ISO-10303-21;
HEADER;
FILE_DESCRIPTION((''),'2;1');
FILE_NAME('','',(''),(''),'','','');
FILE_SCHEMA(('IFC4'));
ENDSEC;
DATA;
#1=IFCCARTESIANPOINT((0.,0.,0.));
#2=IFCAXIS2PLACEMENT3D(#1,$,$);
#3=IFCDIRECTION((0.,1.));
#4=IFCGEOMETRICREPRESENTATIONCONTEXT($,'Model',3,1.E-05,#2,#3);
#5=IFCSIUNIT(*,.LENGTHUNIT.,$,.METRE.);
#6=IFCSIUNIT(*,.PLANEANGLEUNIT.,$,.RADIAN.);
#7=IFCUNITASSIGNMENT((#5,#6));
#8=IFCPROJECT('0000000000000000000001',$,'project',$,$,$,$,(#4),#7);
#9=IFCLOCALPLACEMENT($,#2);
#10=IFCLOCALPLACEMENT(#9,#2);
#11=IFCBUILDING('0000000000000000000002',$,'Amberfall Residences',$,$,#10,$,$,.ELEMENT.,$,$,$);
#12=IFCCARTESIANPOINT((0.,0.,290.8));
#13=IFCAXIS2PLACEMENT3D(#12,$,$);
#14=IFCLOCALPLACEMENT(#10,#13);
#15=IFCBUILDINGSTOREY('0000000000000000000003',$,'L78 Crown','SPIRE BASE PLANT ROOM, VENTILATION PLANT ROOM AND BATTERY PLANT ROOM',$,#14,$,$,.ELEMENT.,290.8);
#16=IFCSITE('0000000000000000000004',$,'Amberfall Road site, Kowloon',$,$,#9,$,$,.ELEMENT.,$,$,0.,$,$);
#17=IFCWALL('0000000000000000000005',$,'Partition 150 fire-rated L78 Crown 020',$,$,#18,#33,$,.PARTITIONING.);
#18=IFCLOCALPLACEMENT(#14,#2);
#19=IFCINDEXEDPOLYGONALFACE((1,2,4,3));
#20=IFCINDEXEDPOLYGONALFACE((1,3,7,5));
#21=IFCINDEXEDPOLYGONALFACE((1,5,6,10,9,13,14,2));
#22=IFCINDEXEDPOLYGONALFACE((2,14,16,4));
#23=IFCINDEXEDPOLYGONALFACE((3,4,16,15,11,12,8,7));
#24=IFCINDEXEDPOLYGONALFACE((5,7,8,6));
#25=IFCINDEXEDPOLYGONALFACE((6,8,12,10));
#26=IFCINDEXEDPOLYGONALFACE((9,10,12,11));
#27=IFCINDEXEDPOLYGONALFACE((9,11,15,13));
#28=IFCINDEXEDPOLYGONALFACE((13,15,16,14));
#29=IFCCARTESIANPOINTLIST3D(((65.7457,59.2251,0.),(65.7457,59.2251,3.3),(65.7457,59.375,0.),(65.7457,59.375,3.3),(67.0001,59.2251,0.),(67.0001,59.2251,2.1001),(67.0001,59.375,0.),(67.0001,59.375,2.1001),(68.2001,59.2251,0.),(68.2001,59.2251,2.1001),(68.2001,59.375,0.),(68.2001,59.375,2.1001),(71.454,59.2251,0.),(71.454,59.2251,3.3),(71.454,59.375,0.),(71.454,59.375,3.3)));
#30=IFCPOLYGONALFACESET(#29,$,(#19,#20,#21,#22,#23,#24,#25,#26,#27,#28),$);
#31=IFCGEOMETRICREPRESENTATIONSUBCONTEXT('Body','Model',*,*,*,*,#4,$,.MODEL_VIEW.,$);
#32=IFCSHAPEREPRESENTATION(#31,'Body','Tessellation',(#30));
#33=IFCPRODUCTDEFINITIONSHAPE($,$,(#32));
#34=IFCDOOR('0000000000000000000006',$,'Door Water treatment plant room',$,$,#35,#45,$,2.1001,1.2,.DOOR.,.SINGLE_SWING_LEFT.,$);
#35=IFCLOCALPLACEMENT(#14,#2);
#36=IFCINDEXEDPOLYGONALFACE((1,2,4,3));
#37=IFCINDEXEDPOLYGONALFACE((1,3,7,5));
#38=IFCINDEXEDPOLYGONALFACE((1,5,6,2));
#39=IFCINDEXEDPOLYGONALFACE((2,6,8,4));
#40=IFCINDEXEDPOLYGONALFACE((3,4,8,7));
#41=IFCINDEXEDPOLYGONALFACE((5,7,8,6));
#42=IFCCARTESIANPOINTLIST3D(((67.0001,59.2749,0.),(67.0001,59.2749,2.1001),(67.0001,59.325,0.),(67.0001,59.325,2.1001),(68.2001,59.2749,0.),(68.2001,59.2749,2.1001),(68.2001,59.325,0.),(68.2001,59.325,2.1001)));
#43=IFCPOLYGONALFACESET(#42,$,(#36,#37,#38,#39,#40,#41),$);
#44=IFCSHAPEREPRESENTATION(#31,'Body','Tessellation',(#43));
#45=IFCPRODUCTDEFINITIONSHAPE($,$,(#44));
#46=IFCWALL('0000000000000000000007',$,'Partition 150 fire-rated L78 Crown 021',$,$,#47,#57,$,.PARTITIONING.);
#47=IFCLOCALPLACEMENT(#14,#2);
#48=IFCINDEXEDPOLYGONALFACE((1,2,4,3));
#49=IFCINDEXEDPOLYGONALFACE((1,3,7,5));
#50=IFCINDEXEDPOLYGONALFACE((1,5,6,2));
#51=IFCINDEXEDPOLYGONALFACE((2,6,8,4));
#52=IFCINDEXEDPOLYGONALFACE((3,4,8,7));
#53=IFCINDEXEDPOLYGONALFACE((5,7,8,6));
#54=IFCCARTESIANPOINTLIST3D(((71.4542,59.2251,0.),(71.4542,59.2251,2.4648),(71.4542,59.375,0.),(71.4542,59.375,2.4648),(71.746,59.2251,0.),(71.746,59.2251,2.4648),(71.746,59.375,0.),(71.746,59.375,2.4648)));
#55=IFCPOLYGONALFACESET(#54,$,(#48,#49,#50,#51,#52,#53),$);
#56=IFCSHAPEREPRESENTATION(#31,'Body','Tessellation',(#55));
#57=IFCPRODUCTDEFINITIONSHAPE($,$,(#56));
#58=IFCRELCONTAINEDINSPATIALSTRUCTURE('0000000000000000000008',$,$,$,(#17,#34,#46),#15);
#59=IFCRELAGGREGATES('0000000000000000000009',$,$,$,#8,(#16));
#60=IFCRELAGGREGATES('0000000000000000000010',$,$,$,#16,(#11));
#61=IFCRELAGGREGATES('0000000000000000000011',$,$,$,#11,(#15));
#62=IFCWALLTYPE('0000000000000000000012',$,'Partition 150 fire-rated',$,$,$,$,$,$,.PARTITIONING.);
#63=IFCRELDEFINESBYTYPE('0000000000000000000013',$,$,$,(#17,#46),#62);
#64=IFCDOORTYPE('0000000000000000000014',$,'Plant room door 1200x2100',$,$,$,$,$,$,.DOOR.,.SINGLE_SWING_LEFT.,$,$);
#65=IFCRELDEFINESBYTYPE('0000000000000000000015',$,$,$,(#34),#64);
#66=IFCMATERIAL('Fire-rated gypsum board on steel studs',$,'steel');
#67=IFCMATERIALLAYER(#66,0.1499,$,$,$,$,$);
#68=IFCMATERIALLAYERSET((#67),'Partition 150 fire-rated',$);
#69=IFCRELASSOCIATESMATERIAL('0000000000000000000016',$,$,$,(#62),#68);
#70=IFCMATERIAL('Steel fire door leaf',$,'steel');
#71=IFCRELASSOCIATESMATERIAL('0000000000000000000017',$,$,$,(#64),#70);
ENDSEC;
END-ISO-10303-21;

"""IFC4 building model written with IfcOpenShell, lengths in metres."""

from ifc_helpers import new_model, si_unit, direction, frame, frame_2d, origin, place, context, subcontext, project, spatial, rectangle, extrude, material, layer, layer_set, type_object, element, fill, save


model = new_model("IFC4")

# Units and contexts
model_context = context("Model", 3, precision=1e-05, world=origin(), true_north=direction((0.0, 1.0)))
body_context = subcontext(model_context, "Body", "Model", "MODEL_VIEW")
ifc_project = project(units=[si_unit("LENGTHUNIT", "METRE"), si_unit("PLANEANGLEUNIT", "RADIAN")], contexts=[model_context])

# Site, building, storey
site_placement = place(None, origin())
site = spatial("IfcSite", under=ifc_project, at=site_placement, Name="Amberfall Road site, Kowloon", CompositionType="ELEMENT", RefElevation=0.0)
building_placement = place(site_placement, origin())
building = spatial("IfcBuilding", under=site, at=building_placement, Name="Amberfall Residences", CompositionType="ELEMENT")
storey_placement = place(building_placement, frame((0.0, 0.0, 290.8)))
storey = spatial("IfcBuildingStorey", under=building, at=storey_placement, Name="L78 Crown", Description="SPIRE BASE PLANT ROOM, VENTILATION PLANT ROOM AND BATTERY PLANT ROOM", CompositionType="ELEMENT", Elevation=290.8)

# Shared definitions
ifc_material_1 = material(Name="Fire-rated gypsum board on steel studs", Category="steel")
ifc_layer_1 = layer(ifc_material_1, 0.1499)
ifc_layer_set_1 = layer_set([ifc_layer_1], Name="Partition 150 fire-rated")
wall_type = type_object("IfcWallType", Name="Partition 150 fire-rated", PredefinedType="PARTITIONING", material=ifc_layer_set_1)

# Wall, opening, door
wall_1_placement = place(storey_placement, frame((65.7458, 59.3, 0.0), z_axis=(0.0, 0.0, 1.0), x_axis=(1.0, 0.0, 0.0)))
wall_1 = element("IfcWall", 1, at=wall_1_placement, inside=storey, type_object=wall_type, Name="Partition 150 fire-rated L78 Crown 020", PredefinedType="PARTITIONING", context=body_context, shape_type="SweptSolid", body=[
    extrude(rectangle(XDim=5.7083, YDim=0.1499, at=frame_2d((2.854, 0.0))), origin(), (0.0, 0.0, 1.0), 3.3),
])
opening_placement = place(wall_1_placement, frame((1.2542, 0.0, 0.0)))
opening = element("IfcOpeningElement", 2, at=opening_placement, cuts=wall_1, PredefinedType="OPENING", context=body_context, shape_type="SweptSolid", body=[
    extrude(rectangle(XDim=1.2, YDim=2.1001, at=frame_2d((0.6001, 1.05))), frame((0.0, 0.085, 0.0), z_axis=(0.0, -1.0, 0.0), x_axis=(1.0, 0.0, 0.0)), (0.0, 0.0, 1.0), 0.1699),
])
ifc_material_2 = material(Name="Steel fire door leaf", Category="steel")
door_type = type_object("IfcDoorType", Name="Plant room door 1200x2100", OperationType="SINGLE_SWING_LEFT", PredefinedType="DOOR", material=ifc_material_2)
door_placement = place(opening_placement, origin())
door = element("IfcDoor", 3, at=door_placement, inside=storey, type_object=door_type, Name="Door Water treatment plant room", OperationType="SINGLE_SWING_LEFT", OverallHeight=2.1001, OverallWidth=1.2, PredefinedType="DOOR", context=body_context, shape_type="SweptSolid", body=[
    extrude(rectangle(XDim=1.2, YDim=2.1001, at=frame_2d((0.6001, 1.05))), frame((0.0, 0.0249, 0.0), z_axis=(0.0, -1.0, 0.0), x_axis=(1.0, 0.0, 0.0)), (0.0, 0.0, 1.0), 0.05),
])
fill(opening, door)

# Wall
wall_2_placement = place(storey_placement, frame((71.4541, 59.3, 0.0), z_axis=(0.0, 0.0, 1.0), x_axis=(1.0, 0.0, 0.0)))
element("IfcWall", 4, at=wall_2_placement, inside=storey, type_object=wall_type, Name="Partition 150 fire-rated L78 Crown 021", PredefinedType="PARTITIONING", context=body_context, shape_type="SweptSolid", body=[
    extrude(rectangle(XDim=0.2917, YDim=0.1499, at=frame_2d((0.146, 0.0))), origin(), (0.0, 0.0, 1.0), 2.4648),
])

save(model, "model.ifc")
